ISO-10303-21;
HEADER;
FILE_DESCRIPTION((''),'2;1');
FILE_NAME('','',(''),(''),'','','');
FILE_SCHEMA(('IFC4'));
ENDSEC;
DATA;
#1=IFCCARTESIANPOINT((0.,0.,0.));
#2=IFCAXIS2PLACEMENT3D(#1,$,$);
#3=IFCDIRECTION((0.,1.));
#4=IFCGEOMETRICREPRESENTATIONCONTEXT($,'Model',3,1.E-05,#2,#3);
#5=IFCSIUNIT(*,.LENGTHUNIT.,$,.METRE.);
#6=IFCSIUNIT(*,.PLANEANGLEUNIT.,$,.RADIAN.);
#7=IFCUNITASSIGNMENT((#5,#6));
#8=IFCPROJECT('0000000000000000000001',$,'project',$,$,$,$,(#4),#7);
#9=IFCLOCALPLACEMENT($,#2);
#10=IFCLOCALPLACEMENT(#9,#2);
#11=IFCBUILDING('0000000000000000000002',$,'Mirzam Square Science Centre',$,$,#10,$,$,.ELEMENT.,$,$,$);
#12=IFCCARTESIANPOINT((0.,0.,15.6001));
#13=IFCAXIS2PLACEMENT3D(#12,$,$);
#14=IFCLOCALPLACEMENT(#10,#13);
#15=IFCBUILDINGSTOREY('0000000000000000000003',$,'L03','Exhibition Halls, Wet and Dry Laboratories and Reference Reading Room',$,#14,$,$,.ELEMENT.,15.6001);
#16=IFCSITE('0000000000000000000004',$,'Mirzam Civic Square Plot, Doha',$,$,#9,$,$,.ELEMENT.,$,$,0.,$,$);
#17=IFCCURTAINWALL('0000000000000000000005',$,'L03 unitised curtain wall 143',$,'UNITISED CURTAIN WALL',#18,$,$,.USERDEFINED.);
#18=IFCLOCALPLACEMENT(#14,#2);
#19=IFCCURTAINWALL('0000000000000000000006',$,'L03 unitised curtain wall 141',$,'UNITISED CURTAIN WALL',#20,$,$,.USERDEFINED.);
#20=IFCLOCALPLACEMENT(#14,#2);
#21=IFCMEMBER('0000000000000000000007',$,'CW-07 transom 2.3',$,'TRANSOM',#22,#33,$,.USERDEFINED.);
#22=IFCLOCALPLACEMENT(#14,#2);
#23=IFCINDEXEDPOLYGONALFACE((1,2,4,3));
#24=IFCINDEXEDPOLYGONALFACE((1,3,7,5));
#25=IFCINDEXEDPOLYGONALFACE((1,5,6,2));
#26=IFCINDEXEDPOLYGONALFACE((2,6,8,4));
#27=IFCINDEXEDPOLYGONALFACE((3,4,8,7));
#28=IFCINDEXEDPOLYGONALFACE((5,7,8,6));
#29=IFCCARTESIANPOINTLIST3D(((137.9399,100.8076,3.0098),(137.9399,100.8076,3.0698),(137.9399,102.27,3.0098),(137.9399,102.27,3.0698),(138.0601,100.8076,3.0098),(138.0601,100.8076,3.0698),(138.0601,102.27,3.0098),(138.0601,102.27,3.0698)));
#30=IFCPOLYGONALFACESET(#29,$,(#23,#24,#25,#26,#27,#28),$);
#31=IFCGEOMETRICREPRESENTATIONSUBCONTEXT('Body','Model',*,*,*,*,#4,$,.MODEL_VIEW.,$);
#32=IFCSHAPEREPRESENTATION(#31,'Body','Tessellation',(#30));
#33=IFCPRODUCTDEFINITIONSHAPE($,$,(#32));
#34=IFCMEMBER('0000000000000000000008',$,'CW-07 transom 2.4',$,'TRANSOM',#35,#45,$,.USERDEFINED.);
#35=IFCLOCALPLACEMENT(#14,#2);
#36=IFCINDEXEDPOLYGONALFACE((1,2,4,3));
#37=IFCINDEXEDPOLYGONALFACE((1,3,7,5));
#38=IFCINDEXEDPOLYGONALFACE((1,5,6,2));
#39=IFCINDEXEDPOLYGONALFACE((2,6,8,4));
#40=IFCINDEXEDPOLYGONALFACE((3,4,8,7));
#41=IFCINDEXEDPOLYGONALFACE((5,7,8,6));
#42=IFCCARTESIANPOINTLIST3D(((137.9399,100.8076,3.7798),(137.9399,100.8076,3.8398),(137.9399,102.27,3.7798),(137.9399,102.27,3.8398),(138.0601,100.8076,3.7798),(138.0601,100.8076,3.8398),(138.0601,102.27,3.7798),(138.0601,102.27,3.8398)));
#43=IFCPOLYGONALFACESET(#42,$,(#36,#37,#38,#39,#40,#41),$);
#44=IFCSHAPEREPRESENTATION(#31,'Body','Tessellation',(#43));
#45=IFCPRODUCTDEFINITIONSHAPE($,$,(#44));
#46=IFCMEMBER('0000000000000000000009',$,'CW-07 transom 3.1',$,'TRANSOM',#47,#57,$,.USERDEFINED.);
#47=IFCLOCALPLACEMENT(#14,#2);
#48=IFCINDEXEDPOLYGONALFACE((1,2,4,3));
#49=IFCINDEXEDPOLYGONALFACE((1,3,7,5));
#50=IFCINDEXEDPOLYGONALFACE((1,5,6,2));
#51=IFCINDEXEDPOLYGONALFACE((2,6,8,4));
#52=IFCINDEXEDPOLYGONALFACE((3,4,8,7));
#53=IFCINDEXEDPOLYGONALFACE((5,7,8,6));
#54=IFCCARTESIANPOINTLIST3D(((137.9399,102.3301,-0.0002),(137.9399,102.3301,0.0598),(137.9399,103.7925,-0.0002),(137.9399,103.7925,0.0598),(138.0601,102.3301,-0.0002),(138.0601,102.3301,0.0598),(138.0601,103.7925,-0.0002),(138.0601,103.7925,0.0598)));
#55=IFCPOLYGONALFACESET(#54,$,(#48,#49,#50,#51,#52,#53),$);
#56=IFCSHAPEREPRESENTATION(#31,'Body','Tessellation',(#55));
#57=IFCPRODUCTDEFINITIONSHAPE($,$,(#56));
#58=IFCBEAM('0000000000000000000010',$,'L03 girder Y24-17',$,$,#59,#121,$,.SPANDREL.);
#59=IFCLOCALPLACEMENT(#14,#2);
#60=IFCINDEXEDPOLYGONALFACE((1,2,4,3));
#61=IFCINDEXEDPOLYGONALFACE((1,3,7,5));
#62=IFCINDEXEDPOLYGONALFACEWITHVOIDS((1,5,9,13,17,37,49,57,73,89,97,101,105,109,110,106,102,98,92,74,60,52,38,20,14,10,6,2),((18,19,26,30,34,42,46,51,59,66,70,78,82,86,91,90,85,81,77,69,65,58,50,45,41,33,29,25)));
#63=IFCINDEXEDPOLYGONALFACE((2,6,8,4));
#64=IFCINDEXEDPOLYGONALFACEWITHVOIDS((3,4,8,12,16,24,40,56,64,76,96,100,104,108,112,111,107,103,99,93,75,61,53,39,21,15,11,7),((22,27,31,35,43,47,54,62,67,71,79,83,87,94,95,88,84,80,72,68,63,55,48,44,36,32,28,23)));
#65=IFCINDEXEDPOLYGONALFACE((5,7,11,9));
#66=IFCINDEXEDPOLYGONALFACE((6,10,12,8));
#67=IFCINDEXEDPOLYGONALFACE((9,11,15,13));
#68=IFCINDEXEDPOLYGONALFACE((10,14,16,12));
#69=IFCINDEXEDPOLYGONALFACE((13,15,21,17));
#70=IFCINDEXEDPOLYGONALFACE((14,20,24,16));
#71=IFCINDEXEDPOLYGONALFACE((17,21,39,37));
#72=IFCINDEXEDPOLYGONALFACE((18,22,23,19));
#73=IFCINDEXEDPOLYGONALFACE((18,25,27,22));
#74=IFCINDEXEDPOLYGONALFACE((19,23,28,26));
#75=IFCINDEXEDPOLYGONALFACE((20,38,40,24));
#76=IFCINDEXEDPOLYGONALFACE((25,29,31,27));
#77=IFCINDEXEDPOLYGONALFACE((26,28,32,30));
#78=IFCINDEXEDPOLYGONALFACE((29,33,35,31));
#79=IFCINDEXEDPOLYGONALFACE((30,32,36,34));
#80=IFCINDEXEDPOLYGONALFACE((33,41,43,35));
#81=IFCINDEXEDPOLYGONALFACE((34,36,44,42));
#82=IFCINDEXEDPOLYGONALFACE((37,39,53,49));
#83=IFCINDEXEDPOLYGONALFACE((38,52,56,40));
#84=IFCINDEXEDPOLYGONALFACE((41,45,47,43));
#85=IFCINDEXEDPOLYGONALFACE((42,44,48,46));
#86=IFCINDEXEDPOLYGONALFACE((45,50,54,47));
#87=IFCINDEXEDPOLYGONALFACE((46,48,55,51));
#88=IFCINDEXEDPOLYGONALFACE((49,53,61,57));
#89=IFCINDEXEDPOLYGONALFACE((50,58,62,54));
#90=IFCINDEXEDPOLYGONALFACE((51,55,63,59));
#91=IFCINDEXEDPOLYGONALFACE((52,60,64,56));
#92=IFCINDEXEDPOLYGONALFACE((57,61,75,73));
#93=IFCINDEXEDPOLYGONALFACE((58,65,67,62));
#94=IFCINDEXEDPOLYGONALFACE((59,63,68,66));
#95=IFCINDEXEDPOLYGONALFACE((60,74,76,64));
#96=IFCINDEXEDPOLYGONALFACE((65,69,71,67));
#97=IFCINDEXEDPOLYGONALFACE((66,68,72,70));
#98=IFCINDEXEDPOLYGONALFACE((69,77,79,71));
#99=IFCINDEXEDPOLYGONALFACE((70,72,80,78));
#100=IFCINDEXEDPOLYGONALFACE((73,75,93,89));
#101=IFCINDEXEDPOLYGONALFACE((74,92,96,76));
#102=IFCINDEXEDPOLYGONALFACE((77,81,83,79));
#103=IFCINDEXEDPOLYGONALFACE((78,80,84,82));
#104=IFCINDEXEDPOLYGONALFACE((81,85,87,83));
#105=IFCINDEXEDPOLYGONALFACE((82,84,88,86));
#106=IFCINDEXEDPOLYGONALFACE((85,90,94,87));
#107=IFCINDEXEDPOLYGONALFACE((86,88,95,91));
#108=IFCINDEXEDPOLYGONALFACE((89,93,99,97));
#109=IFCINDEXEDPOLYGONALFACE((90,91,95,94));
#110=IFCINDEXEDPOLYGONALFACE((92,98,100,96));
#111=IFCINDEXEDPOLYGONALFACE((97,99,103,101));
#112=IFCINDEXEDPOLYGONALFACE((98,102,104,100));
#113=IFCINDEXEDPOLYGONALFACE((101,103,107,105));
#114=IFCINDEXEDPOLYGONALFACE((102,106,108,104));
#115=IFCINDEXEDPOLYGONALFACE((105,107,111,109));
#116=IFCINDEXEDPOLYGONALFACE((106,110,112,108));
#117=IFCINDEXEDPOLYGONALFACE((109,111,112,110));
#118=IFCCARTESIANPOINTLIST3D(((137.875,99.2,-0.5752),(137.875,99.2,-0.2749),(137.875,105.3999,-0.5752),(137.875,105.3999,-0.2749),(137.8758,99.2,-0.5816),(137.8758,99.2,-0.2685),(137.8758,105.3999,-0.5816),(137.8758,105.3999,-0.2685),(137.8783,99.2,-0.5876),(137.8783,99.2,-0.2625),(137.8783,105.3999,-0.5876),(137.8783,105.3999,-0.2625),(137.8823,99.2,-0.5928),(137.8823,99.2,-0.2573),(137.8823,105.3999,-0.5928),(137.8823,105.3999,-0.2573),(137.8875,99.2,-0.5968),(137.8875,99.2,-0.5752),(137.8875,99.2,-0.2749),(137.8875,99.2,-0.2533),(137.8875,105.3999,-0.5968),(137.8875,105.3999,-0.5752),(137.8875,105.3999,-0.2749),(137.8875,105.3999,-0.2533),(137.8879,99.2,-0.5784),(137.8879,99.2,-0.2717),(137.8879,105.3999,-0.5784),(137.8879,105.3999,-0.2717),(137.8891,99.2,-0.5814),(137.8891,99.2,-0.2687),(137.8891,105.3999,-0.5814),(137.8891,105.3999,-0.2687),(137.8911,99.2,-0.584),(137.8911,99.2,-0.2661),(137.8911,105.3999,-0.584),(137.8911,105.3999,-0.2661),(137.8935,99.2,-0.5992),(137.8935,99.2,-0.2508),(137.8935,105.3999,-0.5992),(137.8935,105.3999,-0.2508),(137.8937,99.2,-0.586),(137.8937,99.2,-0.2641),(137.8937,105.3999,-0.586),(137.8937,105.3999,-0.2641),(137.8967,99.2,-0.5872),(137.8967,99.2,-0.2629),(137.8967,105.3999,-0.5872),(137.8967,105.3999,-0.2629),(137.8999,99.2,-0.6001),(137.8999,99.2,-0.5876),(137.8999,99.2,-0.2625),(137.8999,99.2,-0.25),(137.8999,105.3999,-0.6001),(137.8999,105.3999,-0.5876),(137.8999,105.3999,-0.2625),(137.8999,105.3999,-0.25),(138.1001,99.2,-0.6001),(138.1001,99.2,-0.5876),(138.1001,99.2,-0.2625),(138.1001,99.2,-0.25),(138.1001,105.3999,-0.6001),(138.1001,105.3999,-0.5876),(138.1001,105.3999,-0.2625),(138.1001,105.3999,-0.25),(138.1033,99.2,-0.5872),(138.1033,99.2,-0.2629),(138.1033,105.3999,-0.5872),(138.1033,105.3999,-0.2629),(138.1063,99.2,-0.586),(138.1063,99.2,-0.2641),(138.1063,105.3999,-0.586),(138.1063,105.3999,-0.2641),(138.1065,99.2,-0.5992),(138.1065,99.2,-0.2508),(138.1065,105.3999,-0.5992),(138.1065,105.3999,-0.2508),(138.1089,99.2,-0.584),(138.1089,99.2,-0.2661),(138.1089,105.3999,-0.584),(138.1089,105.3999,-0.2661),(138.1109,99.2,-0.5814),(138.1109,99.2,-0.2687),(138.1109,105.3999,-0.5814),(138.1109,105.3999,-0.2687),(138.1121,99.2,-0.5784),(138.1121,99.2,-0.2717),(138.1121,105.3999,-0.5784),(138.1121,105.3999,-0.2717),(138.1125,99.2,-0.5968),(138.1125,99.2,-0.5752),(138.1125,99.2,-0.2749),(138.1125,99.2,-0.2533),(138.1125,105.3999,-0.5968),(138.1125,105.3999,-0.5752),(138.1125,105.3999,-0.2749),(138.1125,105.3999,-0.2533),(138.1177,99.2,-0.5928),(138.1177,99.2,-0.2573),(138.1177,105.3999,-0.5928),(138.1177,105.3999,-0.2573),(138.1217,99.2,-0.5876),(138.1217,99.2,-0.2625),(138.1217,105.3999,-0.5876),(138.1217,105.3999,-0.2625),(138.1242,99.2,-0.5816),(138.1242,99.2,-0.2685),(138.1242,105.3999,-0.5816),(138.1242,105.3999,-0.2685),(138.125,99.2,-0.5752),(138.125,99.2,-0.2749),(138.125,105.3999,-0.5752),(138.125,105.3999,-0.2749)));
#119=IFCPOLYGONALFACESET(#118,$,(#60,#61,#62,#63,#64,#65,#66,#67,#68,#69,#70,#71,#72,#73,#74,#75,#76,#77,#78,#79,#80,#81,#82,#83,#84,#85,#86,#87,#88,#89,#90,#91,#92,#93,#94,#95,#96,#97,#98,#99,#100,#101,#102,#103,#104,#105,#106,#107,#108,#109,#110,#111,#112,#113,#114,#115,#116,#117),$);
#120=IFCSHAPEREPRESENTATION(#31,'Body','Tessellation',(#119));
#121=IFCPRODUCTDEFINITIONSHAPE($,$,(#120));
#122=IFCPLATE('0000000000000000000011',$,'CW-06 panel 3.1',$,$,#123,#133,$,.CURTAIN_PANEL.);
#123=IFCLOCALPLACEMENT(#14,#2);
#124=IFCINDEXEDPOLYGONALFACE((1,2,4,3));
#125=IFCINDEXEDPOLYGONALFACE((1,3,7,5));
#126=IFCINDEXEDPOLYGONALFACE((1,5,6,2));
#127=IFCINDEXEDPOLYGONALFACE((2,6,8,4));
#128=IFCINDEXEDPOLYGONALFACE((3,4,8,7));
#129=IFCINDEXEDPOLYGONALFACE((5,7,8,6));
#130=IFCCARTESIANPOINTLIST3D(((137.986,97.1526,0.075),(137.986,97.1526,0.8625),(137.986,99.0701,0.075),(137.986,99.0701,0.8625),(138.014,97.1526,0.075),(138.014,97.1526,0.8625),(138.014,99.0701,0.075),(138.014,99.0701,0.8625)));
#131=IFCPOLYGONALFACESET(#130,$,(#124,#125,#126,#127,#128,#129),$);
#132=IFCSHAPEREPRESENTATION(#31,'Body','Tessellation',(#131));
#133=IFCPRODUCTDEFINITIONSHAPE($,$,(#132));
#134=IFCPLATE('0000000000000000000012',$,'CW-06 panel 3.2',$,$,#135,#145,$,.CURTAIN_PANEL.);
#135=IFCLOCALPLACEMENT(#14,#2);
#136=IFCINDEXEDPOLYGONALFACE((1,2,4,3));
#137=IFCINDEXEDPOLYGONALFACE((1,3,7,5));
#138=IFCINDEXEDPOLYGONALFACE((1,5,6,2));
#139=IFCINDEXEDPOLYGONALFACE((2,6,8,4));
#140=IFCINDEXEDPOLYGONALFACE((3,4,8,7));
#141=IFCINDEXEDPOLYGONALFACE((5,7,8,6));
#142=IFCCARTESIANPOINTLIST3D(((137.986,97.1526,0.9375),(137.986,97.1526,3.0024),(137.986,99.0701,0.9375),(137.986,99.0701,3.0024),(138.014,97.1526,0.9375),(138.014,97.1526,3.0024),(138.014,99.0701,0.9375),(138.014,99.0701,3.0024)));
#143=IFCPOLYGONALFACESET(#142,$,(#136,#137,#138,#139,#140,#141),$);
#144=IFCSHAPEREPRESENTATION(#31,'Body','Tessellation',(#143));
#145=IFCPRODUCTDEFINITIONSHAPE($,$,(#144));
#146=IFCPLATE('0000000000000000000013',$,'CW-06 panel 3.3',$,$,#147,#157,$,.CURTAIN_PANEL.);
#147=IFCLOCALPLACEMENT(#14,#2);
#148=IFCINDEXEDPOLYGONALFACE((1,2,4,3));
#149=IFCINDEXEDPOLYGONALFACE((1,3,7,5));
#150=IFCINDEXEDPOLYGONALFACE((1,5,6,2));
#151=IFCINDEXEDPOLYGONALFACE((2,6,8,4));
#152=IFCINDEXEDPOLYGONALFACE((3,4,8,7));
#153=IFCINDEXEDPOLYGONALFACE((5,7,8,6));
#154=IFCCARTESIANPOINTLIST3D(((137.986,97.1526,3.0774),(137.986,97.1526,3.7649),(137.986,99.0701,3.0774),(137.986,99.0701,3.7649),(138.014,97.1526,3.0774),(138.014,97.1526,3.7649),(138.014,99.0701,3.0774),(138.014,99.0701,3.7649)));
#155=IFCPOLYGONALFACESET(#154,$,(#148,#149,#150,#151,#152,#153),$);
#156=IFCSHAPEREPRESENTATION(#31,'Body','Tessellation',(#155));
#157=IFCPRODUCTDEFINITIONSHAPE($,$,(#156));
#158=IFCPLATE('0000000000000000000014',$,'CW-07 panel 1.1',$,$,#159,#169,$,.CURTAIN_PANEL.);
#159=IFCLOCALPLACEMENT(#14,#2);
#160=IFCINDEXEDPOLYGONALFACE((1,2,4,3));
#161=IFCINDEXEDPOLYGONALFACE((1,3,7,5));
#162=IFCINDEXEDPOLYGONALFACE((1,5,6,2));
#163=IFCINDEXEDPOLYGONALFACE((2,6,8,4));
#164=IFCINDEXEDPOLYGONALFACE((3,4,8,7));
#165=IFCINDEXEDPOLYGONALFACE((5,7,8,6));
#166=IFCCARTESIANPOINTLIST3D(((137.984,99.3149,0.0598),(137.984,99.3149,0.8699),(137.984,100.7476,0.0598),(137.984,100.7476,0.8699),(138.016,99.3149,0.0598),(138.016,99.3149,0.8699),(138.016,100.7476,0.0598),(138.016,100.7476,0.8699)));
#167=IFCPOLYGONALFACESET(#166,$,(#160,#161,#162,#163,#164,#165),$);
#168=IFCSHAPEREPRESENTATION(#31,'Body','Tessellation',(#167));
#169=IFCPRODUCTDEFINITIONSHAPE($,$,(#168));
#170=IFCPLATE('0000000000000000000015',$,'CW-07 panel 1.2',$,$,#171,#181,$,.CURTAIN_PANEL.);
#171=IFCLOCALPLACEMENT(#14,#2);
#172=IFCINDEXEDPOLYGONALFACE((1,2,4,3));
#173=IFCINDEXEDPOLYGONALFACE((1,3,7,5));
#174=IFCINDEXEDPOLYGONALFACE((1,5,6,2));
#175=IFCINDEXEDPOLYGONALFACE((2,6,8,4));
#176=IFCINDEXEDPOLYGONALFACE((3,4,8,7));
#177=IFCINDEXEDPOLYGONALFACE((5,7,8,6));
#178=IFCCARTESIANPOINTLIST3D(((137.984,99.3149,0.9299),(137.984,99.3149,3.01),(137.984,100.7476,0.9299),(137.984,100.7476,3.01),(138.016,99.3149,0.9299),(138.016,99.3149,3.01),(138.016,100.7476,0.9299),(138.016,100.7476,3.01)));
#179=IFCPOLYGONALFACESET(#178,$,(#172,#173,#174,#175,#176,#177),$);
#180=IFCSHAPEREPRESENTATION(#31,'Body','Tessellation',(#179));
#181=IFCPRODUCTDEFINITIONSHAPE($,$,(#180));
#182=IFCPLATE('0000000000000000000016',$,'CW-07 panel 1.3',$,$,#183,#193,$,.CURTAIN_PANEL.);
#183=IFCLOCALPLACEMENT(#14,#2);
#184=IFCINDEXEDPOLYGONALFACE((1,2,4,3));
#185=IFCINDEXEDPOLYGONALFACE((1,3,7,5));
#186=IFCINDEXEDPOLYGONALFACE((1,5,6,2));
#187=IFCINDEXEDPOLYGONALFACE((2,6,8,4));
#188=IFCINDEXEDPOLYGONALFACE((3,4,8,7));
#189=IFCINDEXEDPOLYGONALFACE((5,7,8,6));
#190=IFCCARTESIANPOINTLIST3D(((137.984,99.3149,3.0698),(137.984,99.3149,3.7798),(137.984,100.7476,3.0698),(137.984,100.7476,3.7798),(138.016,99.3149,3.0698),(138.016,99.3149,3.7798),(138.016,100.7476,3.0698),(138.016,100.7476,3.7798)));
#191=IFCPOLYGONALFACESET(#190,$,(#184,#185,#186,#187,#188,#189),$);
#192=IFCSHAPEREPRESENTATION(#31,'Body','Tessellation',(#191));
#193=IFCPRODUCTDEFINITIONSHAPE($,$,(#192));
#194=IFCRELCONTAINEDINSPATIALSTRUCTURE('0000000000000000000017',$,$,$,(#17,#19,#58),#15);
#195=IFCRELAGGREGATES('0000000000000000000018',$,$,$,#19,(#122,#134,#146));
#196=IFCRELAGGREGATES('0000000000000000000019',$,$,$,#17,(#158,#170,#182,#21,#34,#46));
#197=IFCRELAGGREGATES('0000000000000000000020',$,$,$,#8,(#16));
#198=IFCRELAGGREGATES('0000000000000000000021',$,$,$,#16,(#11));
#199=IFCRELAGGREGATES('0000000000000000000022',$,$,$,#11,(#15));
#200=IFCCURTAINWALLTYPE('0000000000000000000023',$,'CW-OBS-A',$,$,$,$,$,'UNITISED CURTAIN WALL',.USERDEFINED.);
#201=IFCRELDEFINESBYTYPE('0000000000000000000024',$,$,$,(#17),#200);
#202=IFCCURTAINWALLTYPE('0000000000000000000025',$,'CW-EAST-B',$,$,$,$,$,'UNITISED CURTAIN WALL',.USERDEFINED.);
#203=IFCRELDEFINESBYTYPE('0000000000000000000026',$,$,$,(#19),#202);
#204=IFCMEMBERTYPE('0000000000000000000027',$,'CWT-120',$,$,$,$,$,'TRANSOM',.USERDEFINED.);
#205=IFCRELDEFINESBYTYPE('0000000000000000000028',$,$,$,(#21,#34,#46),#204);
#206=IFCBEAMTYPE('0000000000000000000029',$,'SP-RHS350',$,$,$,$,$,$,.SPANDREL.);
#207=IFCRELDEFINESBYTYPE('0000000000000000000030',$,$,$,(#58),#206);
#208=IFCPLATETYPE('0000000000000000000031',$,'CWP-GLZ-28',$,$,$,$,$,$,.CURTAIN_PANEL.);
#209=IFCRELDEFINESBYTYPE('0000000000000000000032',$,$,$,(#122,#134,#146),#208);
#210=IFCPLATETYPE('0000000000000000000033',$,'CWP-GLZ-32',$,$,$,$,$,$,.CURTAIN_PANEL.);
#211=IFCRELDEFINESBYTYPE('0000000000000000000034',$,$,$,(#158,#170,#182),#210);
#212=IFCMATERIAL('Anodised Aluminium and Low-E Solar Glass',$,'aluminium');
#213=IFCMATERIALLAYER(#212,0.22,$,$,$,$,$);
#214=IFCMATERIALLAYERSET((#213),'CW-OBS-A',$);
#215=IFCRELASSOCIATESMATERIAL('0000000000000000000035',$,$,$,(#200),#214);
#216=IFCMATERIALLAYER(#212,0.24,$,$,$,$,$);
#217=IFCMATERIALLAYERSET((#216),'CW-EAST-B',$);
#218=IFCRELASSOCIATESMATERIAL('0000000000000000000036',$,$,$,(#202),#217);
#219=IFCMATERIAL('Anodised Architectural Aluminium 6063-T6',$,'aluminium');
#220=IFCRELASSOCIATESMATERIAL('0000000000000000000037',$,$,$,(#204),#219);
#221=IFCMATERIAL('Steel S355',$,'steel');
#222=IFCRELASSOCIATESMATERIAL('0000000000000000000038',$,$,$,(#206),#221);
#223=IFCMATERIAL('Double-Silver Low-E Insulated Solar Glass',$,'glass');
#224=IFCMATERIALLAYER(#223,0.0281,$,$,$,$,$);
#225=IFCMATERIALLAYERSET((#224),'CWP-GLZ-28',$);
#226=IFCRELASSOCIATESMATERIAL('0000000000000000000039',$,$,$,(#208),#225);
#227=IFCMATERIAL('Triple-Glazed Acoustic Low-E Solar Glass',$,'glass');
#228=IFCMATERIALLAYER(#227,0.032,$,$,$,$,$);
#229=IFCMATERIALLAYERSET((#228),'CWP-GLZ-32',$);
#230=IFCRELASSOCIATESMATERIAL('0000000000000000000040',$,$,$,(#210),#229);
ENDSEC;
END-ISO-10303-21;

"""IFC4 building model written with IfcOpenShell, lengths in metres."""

from ifc_helpers import new_model, si_unit, direction, frame, origin, origin_2d, place, context, subcontext, project, spatial, rectangle, hollow_rectangle, extrude, material, layer, layer_set, material_profile, profile_set, type_object, element, aggregate, save


model = new_model("IFC4")

# Units and contexts
model_context = context("Model", 3, precision=1e-05, world=origin(), true_north=direction((0.0, 1.0)))
body_context = subcontext(model_context, "Body", "Model", "MODEL_VIEW")
ifc_project = project(units=[si_unit("LENGTHUNIT", "METRE"), si_unit("PLANEANGLEUNIT", "RADIAN")], contexts=[model_context])

# Site, building, storey
site_placement = place(None, origin())
site = spatial("IfcSite", under=ifc_project, at=site_placement, Name="Mirzam Civic Square Plot, Doha", CompositionType="ELEMENT", RefElevation=0.0)
building_placement = place(site_placement, origin())
building = spatial("IfcBuilding", under=site, at=building_placement, Name="Mirzam Square Science Centre", CompositionType="ELEMENT")
storey_placement = place(building_placement, frame((0.0, 0.0, 15.6001)))
storey = spatial("IfcBuildingStorey", under=building, at=storey_placement, Name="L03", Description="Exhibition Halls, Wet and Dry Laboratories and Reference Reading Room", CompositionType="ELEMENT", Elevation=15.6001)

# Shared definitions
ifc_material_1 = material(Name="Steel S355", Category="steel")

# Curtain wall
ifc_material_2 = material(Name="Anodised Aluminium and Low-E Solar Glass", Category="aluminium")
ifc_layer_1 = layer(ifc_material_2, 0.22)
ifc_layer_set_1 = layer_set([ifc_layer_1], Name="CW-OBS-A")
curtain_wall_type_1 = type_object("IfcCurtainWallType", Name="CW-OBS-A", ElementType="UNITISED CURTAIN WALL", PredefinedType="USERDEFINED", material=ifc_layer_set_1)
curtain_wall_1_placement = place(storey_placement, origin())
curtain_wall_1 = element("IfcCurtainWall", 1, at=curtain_wall_1_placement, inside=storey, type_object=curtain_wall_type_1, Name="L03 unitised curtain wall 143", ObjectType="UNITISED CURTAIN WALL", PredefinedType="USERDEFINED")
ifc_material_3 = material(Name="Anodised Architectural Aluminium 6063-T6", Category="aluminium")

# Curtain wall
ifc_layer_2 = layer(ifc_material_2, 0.24)
ifc_layer_set_2 = layer_set([ifc_layer_2], Name="CW-EAST-B")
curtain_wall_type_2 = type_object("IfcCurtainWallType", Name="CW-EAST-B", ElementType="UNITISED CURTAIN WALL", PredefinedType="USERDEFINED", material=ifc_layer_set_2)
curtain_wall_2_placement = place(storey_placement, origin())
curtain_wall_2 = element("IfcCurtainWall", 2, at=curtain_wall_2_placement, inside=storey, type_object=curtain_wall_type_2, Name="L03 unitised curtain wall 141", ObjectType="UNITISED CURTAIN WALL", PredefinedType="USERDEFINED")

# Members
ifc_material_profile_1 = material_profile(ifc_material_3, rectangle(XDim=0.1201, YDim=0.0601, at=origin_2d()), Name="ALU-TRAN-120x60x4")
ifc_profile_set_1 = profile_set([ifc_material_profile_1], Name="Anodised Architectural Aluminium 6063-T6")
member_type_1 = type_object("IfcMemberType", Name="CWT-120", ElementType="TRANSOM", PredefinedType="USERDEFINED", material=ifc_profile_set_1)
member_1_placement = place(storey_placement, frame((138.0, 100.8076, 3.0398), z_axis=(0.0, 1.0, 0.0), x_axis=(-1.0, 0.0, 0.0)))
member_1 = element("IfcMember", 3, at=member_1_placement, type_object=member_type_1, Name="CW-07 transom 2.3", ObjectType="TRANSOM", PredefinedType="USERDEFINED", context=body_context, shape_type="SweptSolid", body=[
    extrude(rectangle(XDim=0.1201, YDim=0.0601, at=origin_2d()), origin(), (0.0, 0.0, 1.0), 1.4624),
])
member_2_placement = place(storey_placement, frame((138.0, 100.8076, 3.8098), z_axis=(0.0, 1.0, 0.0), x_axis=(-1.0, 0.0, 0.0)))
member_2 = element("IfcMember", 4, at=member_2_placement, type_object=member_type_1, Name="CW-07 transom 2.4", ObjectType="TRANSOM", PredefinedType="USERDEFINED", context=body_context, shape_type="SweptSolid", body=[
    extrude(rectangle(XDim=0.1201, YDim=0.0601, at=origin_2d()), origin(), (0.0, 0.0, 1.0), 1.4624),
])
member_3_placement = place(storey_placement, frame((138.0, 102.3301, 0.0298), z_axis=(0.0, 1.0, 0.0), x_axis=(-1.0, 0.0, 0.0)))
member_3 = element("IfcMember", 5, at=member_3_placement, type_object=member_type_1, Name="CW-07 transom 3.1", ObjectType="TRANSOM", PredefinedType="USERDEFINED", context=body_context, shape_type="SweptSolid", body=[
    extrude(rectangle(XDim=0.1201, YDim=0.0601, at=origin_2d()), origin(), (0.0, 0.0, 1.0), 1.4624),
])

# Beam
ifc_material_profile_2 = material_profile(ifc_material_1, hollow_rectangle(XDim=0.25, YDim=0.3501, WallThickness=0.0125, InnerFilletRadius=0.0125, OuterFilletRadius=0.0249, at=origin_2d()), Name="350x250x12.5RHS")
ifc_profile_set_2 = profile_set([ifc_material_profile_2], Name="Steel S355")
beam_type = type_object("IfcBeamType", Name="SP-RHS350", PredefinedType="SPANDREL", material=ifc_profile_set_2)
beam_placement = place(storey_placement, frame((138.0, 99.2, -0.425), z_axis=(0.0, 1.0, 0.0), x_axis=(-1.0, 0.0, 0.0)))
element("IfcBeam", 6, at=beam_placement, inside=storey, type_object=beam_type, Name="L03 girder Y24-17", PredefinedType="SPANDREL", context=body_context, shape_type="SweptSolid", body=[
    extrude(hollow_rectangle(XDim=0.25, YDim=0.3501, WallThickness=0.0125, InnerFilletRadius=0.0125, OuterFilletRadius=0.0249, at=origin_2d()), origin(), (0.0, 0.0, 1.0), 6.2),
])

# Plates
ifc_material_4 = material(Name="Double-Silver Low-E Insulated Solar Glass", Category="glass")
ifc_layer_3 = layer(ifc_material_4, 0.0281)
ifc_layer_set_3 = layer_set([ifc_layer_3], Name="CWP-GLZ-28")
plate_type_1 = type_object("IfcPlateType", Name="CWP-GLZ-28", PredefinedType="CURTAIN_PANEL", material=ifc_layer_set_3)
plate_1_placement = place(storey_placement, frame((138.0, 98.1113, 0.075), z_axis=(0.0, 0.0, 1.0), x_axis=(0.0, 1.0, 0.0)))
plate_1 = element("IfcPlate", 7, at=plate_1_placement, type_object=plate_type_1, Name="CW-06 panel 3.1", PredefinedType="CURTAIN_PANEL", context=body_context, shape_type="SweptSolid", body=[
    extrude(rectangle(XDim=1.9175, YDim=0.0281, at=origin_2d()), origin(), (0.0, 0.0, 1.0), 0.7876),
])
plate_2_placement = place(storey_placement, frame((138.0, 98.1113, 0.9375), z_axis=(0.0, 0.0, 1.0), x_axis=(0.0, 1.0, 0.0)))
plate_2 = element("IfcPlate", 8, at=plate_2_placement, type_object=plate_type_1, Name="CW-06 panel 3.2", PredefinedType="CURTAIN_PANEL", context=body_context, shape_type="SweptSolid", body=[
    extrude(rectangle(XDim=1.9175, YDim=0.0281, at=origin_2d()), origin(), (0.0, 0.0, 1.0), 2.0649),
])
plate_3_placement = place(storey_placement, frame((138.0, 98.1113, 3.0774), z_axis=(0.0, 0.0, 1.0), x_axis=(0.0, 1.0, 0.0)))
plate_3 = element("IfcPlate", 9, at=plate_3_placement, type_object=plate_type_1, Name="CW-06 panel 3.3", PredefinedType="CURTAIN_PANEL", context=body_context, shape_type="SweptSolid", body=[
    extrude(rectangle(XDim=1.9175, YDim=0.0281, at=origin_2d()), origin(), (0.0, 0.0, 1.0), 0.6875),
])
aggregate(curtain_wall_2, [plate_1, plate_2, plate_3])
ifc_material_5 = material(Name="Triple-Glazed Acoustic Low-E Solar Glass", Category="glass")
ifc_layer_4 = layer(ifc_material_5, 0.032)
ifc_layer_set_4 = layer_set([ifc_layer_4], Name="CWP-GLZ-32")
plate_type_2 = type_object("IfcPlateType", Name="CWP-GLZ-32", PredefinedType="CURTAIN_PANEL", material=ifc_layer_set_4)
plate_4_placement = place(storey_placement, frame((138.0, 100.0312, 0.0598), z_axis=(0.0, 0.0, 1.0), x_axis=(0.0, 1.0, 0.0)))
plate_4 = element("IfcPlate", 10, at=plate_4_placement, type_object=plate_type_2, Name="CW-07 panel 1.1", PredefinedType="CURTAIN_PANEL", context=body_context, shape_type="SweptSolid", body=[
    extrude(rectangle(XDim=1.4326, YDim=0.032, at=origin_2d()), origin(), (0.0, 0.0, 1.0), 0.8101),
])
plate_5_placement = place(storey_placement, frame((138.0, 100.0312, 0.9299), z_axis=(0.0, 0.0, 1.0), x_axis=(0.0, 1.0, 0.0)))
plate_5 = element("IfcPlate", 11, at=plate_5_placement, type_object=plate_type_2, Name="CW-07 panel 1.2", PredefinedType="CURTAIN_PANEL", context=body_context, shape_type="SweptSolid", body=[
    extrude(rectangle(XDim=1.4326, YDim=0.032, at=origin_2d()), origin(), (0.0, 0.0, 1.0), 2.0801),
])
plate_6_placement = place(storey_placement, frame((138.0, 100.0312, 3.0698), z_axis=(0.0, 0.0, 1.0), x_axis=(0.0, 1.0, 0.0)))
plate_6 = element("IfcPlate", 12, at=plate_6_placement, type_object=plate_type_2, Name="CW-07 panel 1.3", PredefinedType="CURTAIN_PANEL", context=body_context, shape_type="SweptSolid", body=[
    extrude(rectangle(XDim=1.4326, YDim=0.032, at=origin_2d()), origin(), (0.0, 0.0, 1.0), 0.71),
])
aggregate(curtain_wall_1, [plate_4, plate_5, plate_6, member_1, member_2, member_3])

save(model, "model.ifc")
